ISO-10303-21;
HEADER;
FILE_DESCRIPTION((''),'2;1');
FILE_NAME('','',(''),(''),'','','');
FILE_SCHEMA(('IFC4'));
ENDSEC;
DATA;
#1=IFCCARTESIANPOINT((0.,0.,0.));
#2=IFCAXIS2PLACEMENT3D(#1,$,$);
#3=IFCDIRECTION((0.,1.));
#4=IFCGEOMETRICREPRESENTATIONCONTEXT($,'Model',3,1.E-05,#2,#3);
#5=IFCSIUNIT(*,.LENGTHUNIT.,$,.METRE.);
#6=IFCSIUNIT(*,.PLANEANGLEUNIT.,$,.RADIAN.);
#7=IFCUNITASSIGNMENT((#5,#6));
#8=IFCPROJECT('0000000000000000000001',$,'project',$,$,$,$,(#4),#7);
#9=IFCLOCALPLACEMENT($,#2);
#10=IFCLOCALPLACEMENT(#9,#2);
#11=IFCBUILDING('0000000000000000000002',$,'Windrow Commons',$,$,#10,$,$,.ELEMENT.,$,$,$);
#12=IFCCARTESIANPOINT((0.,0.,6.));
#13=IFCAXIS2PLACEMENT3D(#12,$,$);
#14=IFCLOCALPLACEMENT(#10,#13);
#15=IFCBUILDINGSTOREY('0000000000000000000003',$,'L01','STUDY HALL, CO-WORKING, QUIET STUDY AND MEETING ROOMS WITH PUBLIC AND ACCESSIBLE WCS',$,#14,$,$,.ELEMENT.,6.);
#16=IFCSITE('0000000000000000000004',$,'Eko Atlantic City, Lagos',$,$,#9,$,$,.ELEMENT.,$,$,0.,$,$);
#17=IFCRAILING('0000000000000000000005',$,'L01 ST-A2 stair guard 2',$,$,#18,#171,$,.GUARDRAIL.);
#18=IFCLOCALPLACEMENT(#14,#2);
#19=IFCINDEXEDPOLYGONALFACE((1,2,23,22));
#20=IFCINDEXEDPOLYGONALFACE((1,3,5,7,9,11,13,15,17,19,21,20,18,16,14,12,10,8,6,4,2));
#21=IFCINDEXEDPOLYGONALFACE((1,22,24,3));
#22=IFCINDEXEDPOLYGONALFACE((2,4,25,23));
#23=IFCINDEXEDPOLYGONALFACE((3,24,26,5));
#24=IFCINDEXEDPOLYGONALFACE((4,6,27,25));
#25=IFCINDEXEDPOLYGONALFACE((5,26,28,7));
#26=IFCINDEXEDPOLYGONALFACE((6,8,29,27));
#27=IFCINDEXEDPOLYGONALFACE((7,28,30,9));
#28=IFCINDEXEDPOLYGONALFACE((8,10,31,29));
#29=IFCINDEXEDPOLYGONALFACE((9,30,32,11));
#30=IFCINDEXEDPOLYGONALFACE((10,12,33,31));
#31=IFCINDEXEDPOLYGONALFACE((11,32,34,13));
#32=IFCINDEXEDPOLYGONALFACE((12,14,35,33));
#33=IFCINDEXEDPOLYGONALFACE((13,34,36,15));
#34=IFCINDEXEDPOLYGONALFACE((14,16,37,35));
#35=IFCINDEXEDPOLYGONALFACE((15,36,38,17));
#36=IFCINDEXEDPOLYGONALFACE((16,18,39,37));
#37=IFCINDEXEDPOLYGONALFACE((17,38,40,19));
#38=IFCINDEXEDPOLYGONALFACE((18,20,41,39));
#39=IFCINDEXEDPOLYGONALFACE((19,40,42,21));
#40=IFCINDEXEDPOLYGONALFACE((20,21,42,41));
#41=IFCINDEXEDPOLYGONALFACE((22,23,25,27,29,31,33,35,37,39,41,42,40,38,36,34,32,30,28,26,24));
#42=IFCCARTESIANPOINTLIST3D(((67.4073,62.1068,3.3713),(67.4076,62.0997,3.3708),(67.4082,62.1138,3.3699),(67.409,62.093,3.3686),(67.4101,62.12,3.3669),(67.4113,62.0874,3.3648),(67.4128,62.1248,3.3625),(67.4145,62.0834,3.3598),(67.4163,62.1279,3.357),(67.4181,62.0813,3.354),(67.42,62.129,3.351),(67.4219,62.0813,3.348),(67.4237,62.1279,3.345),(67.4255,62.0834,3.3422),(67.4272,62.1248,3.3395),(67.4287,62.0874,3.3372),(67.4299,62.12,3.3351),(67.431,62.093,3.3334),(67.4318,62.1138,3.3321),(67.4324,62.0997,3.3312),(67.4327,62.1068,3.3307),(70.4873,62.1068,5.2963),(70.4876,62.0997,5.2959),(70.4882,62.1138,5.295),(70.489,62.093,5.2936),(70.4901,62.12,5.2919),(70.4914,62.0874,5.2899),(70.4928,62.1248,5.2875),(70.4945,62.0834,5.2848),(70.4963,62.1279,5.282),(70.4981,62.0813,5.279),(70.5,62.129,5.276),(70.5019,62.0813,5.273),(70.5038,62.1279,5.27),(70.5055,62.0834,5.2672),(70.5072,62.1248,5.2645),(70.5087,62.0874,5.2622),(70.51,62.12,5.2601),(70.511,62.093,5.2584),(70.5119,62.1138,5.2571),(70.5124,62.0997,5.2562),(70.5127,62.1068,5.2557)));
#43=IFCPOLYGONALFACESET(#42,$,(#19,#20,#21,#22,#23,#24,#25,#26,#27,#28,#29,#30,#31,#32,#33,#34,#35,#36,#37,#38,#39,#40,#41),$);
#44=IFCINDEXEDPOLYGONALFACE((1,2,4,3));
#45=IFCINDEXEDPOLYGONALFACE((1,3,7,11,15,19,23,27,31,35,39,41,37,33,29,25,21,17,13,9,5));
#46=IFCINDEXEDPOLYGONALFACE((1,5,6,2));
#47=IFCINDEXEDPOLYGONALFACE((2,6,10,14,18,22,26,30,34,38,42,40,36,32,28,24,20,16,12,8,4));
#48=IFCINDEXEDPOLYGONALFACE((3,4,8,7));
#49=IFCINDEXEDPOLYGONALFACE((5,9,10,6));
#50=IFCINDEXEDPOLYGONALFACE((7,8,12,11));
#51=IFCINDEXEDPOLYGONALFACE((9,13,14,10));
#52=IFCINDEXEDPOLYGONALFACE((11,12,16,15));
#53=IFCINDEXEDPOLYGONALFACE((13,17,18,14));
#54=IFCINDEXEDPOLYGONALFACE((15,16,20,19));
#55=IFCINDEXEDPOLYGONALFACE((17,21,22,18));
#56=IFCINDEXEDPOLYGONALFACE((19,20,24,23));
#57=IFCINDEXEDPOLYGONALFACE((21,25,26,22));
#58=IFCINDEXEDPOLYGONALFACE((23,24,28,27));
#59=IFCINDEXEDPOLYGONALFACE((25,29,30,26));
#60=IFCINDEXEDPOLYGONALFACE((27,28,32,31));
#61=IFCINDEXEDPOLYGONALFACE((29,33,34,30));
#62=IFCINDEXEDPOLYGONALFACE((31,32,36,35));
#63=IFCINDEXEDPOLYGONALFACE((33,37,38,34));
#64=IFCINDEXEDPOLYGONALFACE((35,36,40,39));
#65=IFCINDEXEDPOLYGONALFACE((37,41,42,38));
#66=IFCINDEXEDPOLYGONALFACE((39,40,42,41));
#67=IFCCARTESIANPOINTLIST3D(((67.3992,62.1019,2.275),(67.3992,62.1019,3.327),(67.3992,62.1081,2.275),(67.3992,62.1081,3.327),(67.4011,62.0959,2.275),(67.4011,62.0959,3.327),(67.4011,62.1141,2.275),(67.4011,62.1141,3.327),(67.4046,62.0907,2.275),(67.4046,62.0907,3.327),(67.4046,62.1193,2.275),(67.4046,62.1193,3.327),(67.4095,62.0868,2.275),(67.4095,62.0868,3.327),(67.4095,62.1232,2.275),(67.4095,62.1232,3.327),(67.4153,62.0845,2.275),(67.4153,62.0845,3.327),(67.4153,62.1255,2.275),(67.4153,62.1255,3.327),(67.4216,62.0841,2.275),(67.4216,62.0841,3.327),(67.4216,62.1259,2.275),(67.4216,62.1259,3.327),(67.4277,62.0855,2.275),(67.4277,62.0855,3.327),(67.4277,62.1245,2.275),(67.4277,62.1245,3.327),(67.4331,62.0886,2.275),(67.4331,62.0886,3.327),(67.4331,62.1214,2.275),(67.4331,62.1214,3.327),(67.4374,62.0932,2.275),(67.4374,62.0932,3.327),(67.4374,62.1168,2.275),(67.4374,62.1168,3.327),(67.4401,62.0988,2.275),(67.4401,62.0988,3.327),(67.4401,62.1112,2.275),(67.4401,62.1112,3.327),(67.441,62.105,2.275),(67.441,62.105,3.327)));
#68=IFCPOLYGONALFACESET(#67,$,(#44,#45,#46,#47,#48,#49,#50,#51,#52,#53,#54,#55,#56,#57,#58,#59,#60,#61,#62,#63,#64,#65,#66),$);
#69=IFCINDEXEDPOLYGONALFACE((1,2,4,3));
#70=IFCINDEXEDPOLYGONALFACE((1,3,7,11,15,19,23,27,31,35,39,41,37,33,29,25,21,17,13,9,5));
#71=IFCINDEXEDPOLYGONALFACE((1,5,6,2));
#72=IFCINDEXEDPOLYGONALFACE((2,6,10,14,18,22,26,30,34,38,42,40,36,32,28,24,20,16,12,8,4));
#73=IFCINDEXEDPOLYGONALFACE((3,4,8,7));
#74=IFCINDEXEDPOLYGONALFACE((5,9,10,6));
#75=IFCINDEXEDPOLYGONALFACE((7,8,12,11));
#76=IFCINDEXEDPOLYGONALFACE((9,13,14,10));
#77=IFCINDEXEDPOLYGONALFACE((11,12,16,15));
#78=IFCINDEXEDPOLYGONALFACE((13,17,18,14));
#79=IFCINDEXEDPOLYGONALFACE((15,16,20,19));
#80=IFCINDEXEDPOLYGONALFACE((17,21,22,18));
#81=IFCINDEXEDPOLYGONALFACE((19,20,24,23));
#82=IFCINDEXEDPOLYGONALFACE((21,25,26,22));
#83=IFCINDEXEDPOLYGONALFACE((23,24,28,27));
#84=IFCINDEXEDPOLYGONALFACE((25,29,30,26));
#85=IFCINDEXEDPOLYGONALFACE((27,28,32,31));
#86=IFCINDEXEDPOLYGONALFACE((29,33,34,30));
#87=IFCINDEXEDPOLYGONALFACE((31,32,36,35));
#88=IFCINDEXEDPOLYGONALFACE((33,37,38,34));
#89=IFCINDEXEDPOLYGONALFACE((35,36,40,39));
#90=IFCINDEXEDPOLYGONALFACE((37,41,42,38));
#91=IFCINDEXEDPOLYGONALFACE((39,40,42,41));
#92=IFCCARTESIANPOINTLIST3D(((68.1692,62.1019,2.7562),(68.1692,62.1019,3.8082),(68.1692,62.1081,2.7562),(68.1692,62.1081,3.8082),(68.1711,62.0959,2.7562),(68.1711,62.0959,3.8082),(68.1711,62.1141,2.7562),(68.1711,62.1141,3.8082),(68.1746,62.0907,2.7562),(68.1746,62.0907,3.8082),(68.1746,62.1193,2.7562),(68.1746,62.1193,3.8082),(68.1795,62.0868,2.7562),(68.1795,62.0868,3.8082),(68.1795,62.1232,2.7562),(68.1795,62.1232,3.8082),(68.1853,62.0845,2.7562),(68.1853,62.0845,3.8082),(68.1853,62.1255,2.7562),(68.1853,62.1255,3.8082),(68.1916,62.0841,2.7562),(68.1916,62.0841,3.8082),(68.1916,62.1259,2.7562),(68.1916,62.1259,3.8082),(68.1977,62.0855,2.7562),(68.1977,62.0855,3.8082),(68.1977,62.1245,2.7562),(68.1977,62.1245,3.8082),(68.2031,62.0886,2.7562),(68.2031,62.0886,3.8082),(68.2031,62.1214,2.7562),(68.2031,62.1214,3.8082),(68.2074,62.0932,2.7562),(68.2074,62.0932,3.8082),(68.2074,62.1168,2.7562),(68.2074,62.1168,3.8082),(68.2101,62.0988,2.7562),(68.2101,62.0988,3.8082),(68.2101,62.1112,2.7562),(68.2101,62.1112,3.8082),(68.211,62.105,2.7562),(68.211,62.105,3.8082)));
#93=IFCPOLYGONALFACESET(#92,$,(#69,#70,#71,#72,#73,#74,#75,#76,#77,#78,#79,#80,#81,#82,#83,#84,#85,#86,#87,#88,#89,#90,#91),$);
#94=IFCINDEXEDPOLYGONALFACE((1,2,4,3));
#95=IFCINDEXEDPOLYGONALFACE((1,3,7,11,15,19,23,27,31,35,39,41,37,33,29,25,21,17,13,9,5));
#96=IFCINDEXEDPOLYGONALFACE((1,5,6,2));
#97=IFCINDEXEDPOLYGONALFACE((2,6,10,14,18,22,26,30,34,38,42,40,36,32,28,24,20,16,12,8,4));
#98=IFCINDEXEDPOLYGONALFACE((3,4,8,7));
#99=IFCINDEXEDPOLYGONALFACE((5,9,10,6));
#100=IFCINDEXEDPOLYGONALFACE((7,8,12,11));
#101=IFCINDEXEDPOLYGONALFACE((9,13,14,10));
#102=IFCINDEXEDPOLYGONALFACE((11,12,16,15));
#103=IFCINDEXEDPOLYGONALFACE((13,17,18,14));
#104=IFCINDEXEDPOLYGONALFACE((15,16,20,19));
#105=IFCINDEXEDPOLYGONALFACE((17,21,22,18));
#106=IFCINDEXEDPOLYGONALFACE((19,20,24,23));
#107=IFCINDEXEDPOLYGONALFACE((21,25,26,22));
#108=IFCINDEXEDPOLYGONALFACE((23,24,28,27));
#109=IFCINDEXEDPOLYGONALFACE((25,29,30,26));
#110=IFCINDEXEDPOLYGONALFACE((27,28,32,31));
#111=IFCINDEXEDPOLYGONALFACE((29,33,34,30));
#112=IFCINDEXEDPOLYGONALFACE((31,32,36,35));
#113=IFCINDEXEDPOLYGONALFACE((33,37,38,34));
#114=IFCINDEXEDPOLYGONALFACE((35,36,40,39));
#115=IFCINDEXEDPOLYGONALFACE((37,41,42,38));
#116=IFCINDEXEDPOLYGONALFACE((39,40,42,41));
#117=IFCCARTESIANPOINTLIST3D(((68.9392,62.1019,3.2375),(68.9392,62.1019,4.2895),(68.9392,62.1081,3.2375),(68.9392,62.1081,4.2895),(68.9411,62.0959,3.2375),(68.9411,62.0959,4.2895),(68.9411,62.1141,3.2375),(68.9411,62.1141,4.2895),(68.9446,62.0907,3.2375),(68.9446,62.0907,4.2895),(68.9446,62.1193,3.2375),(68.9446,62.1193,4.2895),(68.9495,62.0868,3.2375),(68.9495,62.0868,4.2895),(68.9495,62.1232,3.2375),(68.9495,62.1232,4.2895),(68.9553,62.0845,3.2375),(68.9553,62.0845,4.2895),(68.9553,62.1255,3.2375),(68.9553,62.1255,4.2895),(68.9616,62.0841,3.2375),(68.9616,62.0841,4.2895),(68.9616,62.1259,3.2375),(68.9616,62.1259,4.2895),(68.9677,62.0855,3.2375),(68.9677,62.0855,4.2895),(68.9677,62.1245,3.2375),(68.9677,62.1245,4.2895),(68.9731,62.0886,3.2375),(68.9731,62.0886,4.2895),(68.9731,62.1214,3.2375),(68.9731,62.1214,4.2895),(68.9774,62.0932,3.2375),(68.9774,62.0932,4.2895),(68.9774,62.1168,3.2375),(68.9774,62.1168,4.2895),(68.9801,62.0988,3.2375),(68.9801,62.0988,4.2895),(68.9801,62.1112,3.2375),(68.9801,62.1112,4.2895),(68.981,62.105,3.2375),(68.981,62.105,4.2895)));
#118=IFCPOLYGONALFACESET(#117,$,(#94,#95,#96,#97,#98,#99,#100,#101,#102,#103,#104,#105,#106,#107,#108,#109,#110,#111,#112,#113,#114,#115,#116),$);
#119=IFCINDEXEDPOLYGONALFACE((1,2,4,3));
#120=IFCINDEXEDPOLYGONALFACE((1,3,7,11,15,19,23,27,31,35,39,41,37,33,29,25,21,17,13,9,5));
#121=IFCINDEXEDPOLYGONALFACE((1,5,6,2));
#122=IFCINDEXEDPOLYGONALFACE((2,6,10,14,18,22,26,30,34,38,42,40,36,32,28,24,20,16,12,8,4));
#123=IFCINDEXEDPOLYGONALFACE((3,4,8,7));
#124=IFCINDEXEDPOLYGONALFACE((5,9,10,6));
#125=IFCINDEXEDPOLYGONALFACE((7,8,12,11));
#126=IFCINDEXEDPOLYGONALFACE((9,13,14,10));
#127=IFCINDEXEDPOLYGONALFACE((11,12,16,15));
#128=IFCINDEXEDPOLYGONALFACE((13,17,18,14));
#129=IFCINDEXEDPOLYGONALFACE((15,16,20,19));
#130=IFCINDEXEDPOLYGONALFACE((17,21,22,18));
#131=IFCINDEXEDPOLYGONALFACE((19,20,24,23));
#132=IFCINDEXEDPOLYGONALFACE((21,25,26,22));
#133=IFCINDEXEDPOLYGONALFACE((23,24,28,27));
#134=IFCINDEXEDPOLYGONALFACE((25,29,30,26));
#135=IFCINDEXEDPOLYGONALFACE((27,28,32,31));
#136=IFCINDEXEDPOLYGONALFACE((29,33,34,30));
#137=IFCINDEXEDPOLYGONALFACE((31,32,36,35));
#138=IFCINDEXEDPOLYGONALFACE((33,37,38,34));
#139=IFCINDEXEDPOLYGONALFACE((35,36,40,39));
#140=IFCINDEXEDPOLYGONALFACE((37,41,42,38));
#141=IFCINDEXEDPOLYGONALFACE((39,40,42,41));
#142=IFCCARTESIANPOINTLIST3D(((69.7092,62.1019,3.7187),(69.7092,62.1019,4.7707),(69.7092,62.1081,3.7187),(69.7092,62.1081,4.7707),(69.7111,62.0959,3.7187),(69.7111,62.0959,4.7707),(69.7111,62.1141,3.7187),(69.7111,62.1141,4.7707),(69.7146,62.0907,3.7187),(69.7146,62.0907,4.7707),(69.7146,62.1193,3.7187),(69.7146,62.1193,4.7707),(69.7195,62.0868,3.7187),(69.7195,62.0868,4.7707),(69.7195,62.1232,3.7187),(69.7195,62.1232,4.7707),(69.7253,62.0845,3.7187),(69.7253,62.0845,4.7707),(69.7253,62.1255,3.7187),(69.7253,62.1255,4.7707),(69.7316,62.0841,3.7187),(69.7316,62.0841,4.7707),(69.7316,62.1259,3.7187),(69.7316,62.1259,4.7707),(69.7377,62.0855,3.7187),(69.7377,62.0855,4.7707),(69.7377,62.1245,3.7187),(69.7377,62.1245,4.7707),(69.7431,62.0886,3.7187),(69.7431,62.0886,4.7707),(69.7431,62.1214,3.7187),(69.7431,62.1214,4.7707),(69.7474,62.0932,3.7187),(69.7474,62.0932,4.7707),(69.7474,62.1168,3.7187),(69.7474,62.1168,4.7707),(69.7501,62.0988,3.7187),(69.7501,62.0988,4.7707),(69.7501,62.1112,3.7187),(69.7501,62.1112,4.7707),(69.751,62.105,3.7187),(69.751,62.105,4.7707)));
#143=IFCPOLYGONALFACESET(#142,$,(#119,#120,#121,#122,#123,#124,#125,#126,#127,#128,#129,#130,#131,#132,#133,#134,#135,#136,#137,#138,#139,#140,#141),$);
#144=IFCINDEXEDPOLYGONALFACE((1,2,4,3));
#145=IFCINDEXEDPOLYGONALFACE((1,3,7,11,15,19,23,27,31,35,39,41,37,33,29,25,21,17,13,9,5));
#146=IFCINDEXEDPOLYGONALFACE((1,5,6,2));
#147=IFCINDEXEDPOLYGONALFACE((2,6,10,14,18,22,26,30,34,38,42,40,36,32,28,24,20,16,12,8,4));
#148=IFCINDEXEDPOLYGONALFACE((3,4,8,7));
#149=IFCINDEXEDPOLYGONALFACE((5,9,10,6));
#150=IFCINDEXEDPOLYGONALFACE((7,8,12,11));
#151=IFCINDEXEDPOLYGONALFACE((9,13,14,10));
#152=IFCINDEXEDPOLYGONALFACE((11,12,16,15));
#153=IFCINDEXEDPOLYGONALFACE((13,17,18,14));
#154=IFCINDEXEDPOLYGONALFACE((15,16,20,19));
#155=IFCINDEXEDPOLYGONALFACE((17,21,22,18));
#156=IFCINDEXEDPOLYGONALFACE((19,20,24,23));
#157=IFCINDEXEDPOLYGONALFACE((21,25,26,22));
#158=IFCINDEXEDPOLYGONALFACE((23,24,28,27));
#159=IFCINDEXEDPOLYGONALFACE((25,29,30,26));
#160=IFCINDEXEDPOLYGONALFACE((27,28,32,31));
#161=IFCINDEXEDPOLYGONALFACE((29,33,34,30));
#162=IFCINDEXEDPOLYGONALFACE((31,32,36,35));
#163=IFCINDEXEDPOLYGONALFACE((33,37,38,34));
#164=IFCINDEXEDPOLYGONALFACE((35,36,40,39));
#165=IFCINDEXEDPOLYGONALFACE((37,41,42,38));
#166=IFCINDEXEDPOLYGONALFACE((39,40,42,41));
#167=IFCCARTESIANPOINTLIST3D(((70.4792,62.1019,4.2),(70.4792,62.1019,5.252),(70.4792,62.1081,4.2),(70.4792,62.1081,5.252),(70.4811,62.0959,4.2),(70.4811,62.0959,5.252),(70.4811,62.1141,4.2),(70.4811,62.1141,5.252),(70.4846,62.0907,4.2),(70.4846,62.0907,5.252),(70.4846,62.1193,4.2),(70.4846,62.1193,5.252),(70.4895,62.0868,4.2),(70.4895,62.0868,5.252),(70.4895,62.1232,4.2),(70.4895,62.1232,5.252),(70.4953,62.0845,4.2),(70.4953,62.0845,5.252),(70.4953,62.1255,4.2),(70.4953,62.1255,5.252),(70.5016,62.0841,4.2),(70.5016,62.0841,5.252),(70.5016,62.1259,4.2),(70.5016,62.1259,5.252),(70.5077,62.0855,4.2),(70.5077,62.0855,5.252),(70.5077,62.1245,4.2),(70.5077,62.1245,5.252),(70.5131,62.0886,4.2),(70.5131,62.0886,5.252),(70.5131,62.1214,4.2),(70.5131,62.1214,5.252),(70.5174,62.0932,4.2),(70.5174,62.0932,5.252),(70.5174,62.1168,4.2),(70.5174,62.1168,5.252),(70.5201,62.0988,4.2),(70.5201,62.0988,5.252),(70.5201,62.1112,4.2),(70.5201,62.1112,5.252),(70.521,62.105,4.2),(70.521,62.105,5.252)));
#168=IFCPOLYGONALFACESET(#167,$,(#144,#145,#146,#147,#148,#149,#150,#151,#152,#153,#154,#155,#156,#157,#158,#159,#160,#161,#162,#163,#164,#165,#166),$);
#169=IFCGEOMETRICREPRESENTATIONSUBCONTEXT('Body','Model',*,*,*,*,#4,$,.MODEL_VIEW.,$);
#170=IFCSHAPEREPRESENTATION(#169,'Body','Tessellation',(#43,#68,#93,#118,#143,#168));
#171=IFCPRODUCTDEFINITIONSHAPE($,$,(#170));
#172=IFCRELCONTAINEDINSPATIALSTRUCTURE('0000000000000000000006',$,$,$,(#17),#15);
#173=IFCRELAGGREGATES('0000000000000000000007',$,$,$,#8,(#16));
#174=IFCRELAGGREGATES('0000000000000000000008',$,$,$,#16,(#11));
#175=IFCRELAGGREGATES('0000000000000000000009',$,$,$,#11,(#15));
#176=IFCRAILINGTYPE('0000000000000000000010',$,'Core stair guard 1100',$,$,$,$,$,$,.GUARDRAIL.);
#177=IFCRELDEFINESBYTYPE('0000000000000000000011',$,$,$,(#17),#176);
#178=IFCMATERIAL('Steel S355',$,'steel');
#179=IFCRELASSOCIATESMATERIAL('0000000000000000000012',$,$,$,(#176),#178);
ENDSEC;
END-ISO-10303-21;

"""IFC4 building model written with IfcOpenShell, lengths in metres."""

from ifc_helpers import new_model, si_unit, direction, frame, origin, origin_2d, place, context, subcontext, project, spatial, circle, extrude, material, type_object, element, save


model = new_model("IFC4")

# Units and contexts
model_context = context("Model", 3, precision=1e-05, world=origin(), true_north=direction((0.0, 1.0)))
body_context = subcontext(model_context, "Body", "Model", "MODEL_VIEW")
ifc_project = project(units=[si_unit("LENGTHUNIT", "METRE"), si_unit("PLANEANGLEUNIT", "RADIAN")], contexts=[model_context])

# Site, building, storey
site_placement = place(None, origin())
site = spatial("IfcSite", under=ifc_project, at=site_placement, Name="Eko Atlantic City, Lagos", CompositionType="ELEMENT", RefElevation=0.0)
building_placement = place(site_placement, origin())
building = spatial("IfcBuilding", under=site, at=building_placement, Name="Windrow Commons", CompositionType="ELEMENT")
storey_placement = place(building_placement, frame((0.0, 0.0, 6.0)))
storey = spatial("IfcBuildingStorey", under=building, at=storey_placement, Name="L01", Description="STUDY HALL, CO-WORKING, QUIET STUDY AND MEETING ROOMS WITH PUBLIC AND ACCESSIBLE WCS", CompositionType="ELEMENT", Elevation=6.0)

# Railing
ifc_material_1 = material(Name="Steel S355", Category="steel")
railing_type_1 = type_object("IfcRailingType", Name="Core stair guard 1100", PredefinedType="GUARDRAIL", material=ifc_material_1)
railing_1_placement = place(storey_placement, frame((67.42, 62.105, 2.275)))
element("IfcRailing", 1, at=railing_1_placement, inside=storey, type_object=railing_type_1, Name="L01 ST-A2 stair guard 2", PredefinedType="GUARDRAIL", context=body_context, shape_type="SweptSolid", body=[
    extrude(circle(Radius=0.024, at=origin_2d()), frame((0.0, 0.0, 1.076), z_axis=(0.847998, 0.0, 0.529999), x_axis=(0.0, 1.0, 0.0)), (0.0, 0.0, 1.0), 3.6321),
    extrude(circle(Radius=0.021, at=origin_2d()), origin(), (0.0, 0.0, 1.0), 1.052),
    extrude(circle(Radius=0.021, at=origin_2d()), frame((0.77, 0.0, 0.4812)), (0.0, 0.0, 1.0), 1.052),
    extrude(circle(Radius=0.021, at=origin_2d()), frame((1.54, 0.0, 0.9625)), (0.0, 0.0, 1.0), 1.052),
    extrude(circle(Radius=0.021, at=origin_2d()), frame((2.31, 0.0, 1.4437)), (0.0, 0.0, 1.0), 1.052),
    extrude(circle(Radius=0.021, at=origin_2d()), frame((3.08, 0.0, 1.925)), (0.0, 0.0, 1.0), 1.052),
])

save(model, "model.ifc")
